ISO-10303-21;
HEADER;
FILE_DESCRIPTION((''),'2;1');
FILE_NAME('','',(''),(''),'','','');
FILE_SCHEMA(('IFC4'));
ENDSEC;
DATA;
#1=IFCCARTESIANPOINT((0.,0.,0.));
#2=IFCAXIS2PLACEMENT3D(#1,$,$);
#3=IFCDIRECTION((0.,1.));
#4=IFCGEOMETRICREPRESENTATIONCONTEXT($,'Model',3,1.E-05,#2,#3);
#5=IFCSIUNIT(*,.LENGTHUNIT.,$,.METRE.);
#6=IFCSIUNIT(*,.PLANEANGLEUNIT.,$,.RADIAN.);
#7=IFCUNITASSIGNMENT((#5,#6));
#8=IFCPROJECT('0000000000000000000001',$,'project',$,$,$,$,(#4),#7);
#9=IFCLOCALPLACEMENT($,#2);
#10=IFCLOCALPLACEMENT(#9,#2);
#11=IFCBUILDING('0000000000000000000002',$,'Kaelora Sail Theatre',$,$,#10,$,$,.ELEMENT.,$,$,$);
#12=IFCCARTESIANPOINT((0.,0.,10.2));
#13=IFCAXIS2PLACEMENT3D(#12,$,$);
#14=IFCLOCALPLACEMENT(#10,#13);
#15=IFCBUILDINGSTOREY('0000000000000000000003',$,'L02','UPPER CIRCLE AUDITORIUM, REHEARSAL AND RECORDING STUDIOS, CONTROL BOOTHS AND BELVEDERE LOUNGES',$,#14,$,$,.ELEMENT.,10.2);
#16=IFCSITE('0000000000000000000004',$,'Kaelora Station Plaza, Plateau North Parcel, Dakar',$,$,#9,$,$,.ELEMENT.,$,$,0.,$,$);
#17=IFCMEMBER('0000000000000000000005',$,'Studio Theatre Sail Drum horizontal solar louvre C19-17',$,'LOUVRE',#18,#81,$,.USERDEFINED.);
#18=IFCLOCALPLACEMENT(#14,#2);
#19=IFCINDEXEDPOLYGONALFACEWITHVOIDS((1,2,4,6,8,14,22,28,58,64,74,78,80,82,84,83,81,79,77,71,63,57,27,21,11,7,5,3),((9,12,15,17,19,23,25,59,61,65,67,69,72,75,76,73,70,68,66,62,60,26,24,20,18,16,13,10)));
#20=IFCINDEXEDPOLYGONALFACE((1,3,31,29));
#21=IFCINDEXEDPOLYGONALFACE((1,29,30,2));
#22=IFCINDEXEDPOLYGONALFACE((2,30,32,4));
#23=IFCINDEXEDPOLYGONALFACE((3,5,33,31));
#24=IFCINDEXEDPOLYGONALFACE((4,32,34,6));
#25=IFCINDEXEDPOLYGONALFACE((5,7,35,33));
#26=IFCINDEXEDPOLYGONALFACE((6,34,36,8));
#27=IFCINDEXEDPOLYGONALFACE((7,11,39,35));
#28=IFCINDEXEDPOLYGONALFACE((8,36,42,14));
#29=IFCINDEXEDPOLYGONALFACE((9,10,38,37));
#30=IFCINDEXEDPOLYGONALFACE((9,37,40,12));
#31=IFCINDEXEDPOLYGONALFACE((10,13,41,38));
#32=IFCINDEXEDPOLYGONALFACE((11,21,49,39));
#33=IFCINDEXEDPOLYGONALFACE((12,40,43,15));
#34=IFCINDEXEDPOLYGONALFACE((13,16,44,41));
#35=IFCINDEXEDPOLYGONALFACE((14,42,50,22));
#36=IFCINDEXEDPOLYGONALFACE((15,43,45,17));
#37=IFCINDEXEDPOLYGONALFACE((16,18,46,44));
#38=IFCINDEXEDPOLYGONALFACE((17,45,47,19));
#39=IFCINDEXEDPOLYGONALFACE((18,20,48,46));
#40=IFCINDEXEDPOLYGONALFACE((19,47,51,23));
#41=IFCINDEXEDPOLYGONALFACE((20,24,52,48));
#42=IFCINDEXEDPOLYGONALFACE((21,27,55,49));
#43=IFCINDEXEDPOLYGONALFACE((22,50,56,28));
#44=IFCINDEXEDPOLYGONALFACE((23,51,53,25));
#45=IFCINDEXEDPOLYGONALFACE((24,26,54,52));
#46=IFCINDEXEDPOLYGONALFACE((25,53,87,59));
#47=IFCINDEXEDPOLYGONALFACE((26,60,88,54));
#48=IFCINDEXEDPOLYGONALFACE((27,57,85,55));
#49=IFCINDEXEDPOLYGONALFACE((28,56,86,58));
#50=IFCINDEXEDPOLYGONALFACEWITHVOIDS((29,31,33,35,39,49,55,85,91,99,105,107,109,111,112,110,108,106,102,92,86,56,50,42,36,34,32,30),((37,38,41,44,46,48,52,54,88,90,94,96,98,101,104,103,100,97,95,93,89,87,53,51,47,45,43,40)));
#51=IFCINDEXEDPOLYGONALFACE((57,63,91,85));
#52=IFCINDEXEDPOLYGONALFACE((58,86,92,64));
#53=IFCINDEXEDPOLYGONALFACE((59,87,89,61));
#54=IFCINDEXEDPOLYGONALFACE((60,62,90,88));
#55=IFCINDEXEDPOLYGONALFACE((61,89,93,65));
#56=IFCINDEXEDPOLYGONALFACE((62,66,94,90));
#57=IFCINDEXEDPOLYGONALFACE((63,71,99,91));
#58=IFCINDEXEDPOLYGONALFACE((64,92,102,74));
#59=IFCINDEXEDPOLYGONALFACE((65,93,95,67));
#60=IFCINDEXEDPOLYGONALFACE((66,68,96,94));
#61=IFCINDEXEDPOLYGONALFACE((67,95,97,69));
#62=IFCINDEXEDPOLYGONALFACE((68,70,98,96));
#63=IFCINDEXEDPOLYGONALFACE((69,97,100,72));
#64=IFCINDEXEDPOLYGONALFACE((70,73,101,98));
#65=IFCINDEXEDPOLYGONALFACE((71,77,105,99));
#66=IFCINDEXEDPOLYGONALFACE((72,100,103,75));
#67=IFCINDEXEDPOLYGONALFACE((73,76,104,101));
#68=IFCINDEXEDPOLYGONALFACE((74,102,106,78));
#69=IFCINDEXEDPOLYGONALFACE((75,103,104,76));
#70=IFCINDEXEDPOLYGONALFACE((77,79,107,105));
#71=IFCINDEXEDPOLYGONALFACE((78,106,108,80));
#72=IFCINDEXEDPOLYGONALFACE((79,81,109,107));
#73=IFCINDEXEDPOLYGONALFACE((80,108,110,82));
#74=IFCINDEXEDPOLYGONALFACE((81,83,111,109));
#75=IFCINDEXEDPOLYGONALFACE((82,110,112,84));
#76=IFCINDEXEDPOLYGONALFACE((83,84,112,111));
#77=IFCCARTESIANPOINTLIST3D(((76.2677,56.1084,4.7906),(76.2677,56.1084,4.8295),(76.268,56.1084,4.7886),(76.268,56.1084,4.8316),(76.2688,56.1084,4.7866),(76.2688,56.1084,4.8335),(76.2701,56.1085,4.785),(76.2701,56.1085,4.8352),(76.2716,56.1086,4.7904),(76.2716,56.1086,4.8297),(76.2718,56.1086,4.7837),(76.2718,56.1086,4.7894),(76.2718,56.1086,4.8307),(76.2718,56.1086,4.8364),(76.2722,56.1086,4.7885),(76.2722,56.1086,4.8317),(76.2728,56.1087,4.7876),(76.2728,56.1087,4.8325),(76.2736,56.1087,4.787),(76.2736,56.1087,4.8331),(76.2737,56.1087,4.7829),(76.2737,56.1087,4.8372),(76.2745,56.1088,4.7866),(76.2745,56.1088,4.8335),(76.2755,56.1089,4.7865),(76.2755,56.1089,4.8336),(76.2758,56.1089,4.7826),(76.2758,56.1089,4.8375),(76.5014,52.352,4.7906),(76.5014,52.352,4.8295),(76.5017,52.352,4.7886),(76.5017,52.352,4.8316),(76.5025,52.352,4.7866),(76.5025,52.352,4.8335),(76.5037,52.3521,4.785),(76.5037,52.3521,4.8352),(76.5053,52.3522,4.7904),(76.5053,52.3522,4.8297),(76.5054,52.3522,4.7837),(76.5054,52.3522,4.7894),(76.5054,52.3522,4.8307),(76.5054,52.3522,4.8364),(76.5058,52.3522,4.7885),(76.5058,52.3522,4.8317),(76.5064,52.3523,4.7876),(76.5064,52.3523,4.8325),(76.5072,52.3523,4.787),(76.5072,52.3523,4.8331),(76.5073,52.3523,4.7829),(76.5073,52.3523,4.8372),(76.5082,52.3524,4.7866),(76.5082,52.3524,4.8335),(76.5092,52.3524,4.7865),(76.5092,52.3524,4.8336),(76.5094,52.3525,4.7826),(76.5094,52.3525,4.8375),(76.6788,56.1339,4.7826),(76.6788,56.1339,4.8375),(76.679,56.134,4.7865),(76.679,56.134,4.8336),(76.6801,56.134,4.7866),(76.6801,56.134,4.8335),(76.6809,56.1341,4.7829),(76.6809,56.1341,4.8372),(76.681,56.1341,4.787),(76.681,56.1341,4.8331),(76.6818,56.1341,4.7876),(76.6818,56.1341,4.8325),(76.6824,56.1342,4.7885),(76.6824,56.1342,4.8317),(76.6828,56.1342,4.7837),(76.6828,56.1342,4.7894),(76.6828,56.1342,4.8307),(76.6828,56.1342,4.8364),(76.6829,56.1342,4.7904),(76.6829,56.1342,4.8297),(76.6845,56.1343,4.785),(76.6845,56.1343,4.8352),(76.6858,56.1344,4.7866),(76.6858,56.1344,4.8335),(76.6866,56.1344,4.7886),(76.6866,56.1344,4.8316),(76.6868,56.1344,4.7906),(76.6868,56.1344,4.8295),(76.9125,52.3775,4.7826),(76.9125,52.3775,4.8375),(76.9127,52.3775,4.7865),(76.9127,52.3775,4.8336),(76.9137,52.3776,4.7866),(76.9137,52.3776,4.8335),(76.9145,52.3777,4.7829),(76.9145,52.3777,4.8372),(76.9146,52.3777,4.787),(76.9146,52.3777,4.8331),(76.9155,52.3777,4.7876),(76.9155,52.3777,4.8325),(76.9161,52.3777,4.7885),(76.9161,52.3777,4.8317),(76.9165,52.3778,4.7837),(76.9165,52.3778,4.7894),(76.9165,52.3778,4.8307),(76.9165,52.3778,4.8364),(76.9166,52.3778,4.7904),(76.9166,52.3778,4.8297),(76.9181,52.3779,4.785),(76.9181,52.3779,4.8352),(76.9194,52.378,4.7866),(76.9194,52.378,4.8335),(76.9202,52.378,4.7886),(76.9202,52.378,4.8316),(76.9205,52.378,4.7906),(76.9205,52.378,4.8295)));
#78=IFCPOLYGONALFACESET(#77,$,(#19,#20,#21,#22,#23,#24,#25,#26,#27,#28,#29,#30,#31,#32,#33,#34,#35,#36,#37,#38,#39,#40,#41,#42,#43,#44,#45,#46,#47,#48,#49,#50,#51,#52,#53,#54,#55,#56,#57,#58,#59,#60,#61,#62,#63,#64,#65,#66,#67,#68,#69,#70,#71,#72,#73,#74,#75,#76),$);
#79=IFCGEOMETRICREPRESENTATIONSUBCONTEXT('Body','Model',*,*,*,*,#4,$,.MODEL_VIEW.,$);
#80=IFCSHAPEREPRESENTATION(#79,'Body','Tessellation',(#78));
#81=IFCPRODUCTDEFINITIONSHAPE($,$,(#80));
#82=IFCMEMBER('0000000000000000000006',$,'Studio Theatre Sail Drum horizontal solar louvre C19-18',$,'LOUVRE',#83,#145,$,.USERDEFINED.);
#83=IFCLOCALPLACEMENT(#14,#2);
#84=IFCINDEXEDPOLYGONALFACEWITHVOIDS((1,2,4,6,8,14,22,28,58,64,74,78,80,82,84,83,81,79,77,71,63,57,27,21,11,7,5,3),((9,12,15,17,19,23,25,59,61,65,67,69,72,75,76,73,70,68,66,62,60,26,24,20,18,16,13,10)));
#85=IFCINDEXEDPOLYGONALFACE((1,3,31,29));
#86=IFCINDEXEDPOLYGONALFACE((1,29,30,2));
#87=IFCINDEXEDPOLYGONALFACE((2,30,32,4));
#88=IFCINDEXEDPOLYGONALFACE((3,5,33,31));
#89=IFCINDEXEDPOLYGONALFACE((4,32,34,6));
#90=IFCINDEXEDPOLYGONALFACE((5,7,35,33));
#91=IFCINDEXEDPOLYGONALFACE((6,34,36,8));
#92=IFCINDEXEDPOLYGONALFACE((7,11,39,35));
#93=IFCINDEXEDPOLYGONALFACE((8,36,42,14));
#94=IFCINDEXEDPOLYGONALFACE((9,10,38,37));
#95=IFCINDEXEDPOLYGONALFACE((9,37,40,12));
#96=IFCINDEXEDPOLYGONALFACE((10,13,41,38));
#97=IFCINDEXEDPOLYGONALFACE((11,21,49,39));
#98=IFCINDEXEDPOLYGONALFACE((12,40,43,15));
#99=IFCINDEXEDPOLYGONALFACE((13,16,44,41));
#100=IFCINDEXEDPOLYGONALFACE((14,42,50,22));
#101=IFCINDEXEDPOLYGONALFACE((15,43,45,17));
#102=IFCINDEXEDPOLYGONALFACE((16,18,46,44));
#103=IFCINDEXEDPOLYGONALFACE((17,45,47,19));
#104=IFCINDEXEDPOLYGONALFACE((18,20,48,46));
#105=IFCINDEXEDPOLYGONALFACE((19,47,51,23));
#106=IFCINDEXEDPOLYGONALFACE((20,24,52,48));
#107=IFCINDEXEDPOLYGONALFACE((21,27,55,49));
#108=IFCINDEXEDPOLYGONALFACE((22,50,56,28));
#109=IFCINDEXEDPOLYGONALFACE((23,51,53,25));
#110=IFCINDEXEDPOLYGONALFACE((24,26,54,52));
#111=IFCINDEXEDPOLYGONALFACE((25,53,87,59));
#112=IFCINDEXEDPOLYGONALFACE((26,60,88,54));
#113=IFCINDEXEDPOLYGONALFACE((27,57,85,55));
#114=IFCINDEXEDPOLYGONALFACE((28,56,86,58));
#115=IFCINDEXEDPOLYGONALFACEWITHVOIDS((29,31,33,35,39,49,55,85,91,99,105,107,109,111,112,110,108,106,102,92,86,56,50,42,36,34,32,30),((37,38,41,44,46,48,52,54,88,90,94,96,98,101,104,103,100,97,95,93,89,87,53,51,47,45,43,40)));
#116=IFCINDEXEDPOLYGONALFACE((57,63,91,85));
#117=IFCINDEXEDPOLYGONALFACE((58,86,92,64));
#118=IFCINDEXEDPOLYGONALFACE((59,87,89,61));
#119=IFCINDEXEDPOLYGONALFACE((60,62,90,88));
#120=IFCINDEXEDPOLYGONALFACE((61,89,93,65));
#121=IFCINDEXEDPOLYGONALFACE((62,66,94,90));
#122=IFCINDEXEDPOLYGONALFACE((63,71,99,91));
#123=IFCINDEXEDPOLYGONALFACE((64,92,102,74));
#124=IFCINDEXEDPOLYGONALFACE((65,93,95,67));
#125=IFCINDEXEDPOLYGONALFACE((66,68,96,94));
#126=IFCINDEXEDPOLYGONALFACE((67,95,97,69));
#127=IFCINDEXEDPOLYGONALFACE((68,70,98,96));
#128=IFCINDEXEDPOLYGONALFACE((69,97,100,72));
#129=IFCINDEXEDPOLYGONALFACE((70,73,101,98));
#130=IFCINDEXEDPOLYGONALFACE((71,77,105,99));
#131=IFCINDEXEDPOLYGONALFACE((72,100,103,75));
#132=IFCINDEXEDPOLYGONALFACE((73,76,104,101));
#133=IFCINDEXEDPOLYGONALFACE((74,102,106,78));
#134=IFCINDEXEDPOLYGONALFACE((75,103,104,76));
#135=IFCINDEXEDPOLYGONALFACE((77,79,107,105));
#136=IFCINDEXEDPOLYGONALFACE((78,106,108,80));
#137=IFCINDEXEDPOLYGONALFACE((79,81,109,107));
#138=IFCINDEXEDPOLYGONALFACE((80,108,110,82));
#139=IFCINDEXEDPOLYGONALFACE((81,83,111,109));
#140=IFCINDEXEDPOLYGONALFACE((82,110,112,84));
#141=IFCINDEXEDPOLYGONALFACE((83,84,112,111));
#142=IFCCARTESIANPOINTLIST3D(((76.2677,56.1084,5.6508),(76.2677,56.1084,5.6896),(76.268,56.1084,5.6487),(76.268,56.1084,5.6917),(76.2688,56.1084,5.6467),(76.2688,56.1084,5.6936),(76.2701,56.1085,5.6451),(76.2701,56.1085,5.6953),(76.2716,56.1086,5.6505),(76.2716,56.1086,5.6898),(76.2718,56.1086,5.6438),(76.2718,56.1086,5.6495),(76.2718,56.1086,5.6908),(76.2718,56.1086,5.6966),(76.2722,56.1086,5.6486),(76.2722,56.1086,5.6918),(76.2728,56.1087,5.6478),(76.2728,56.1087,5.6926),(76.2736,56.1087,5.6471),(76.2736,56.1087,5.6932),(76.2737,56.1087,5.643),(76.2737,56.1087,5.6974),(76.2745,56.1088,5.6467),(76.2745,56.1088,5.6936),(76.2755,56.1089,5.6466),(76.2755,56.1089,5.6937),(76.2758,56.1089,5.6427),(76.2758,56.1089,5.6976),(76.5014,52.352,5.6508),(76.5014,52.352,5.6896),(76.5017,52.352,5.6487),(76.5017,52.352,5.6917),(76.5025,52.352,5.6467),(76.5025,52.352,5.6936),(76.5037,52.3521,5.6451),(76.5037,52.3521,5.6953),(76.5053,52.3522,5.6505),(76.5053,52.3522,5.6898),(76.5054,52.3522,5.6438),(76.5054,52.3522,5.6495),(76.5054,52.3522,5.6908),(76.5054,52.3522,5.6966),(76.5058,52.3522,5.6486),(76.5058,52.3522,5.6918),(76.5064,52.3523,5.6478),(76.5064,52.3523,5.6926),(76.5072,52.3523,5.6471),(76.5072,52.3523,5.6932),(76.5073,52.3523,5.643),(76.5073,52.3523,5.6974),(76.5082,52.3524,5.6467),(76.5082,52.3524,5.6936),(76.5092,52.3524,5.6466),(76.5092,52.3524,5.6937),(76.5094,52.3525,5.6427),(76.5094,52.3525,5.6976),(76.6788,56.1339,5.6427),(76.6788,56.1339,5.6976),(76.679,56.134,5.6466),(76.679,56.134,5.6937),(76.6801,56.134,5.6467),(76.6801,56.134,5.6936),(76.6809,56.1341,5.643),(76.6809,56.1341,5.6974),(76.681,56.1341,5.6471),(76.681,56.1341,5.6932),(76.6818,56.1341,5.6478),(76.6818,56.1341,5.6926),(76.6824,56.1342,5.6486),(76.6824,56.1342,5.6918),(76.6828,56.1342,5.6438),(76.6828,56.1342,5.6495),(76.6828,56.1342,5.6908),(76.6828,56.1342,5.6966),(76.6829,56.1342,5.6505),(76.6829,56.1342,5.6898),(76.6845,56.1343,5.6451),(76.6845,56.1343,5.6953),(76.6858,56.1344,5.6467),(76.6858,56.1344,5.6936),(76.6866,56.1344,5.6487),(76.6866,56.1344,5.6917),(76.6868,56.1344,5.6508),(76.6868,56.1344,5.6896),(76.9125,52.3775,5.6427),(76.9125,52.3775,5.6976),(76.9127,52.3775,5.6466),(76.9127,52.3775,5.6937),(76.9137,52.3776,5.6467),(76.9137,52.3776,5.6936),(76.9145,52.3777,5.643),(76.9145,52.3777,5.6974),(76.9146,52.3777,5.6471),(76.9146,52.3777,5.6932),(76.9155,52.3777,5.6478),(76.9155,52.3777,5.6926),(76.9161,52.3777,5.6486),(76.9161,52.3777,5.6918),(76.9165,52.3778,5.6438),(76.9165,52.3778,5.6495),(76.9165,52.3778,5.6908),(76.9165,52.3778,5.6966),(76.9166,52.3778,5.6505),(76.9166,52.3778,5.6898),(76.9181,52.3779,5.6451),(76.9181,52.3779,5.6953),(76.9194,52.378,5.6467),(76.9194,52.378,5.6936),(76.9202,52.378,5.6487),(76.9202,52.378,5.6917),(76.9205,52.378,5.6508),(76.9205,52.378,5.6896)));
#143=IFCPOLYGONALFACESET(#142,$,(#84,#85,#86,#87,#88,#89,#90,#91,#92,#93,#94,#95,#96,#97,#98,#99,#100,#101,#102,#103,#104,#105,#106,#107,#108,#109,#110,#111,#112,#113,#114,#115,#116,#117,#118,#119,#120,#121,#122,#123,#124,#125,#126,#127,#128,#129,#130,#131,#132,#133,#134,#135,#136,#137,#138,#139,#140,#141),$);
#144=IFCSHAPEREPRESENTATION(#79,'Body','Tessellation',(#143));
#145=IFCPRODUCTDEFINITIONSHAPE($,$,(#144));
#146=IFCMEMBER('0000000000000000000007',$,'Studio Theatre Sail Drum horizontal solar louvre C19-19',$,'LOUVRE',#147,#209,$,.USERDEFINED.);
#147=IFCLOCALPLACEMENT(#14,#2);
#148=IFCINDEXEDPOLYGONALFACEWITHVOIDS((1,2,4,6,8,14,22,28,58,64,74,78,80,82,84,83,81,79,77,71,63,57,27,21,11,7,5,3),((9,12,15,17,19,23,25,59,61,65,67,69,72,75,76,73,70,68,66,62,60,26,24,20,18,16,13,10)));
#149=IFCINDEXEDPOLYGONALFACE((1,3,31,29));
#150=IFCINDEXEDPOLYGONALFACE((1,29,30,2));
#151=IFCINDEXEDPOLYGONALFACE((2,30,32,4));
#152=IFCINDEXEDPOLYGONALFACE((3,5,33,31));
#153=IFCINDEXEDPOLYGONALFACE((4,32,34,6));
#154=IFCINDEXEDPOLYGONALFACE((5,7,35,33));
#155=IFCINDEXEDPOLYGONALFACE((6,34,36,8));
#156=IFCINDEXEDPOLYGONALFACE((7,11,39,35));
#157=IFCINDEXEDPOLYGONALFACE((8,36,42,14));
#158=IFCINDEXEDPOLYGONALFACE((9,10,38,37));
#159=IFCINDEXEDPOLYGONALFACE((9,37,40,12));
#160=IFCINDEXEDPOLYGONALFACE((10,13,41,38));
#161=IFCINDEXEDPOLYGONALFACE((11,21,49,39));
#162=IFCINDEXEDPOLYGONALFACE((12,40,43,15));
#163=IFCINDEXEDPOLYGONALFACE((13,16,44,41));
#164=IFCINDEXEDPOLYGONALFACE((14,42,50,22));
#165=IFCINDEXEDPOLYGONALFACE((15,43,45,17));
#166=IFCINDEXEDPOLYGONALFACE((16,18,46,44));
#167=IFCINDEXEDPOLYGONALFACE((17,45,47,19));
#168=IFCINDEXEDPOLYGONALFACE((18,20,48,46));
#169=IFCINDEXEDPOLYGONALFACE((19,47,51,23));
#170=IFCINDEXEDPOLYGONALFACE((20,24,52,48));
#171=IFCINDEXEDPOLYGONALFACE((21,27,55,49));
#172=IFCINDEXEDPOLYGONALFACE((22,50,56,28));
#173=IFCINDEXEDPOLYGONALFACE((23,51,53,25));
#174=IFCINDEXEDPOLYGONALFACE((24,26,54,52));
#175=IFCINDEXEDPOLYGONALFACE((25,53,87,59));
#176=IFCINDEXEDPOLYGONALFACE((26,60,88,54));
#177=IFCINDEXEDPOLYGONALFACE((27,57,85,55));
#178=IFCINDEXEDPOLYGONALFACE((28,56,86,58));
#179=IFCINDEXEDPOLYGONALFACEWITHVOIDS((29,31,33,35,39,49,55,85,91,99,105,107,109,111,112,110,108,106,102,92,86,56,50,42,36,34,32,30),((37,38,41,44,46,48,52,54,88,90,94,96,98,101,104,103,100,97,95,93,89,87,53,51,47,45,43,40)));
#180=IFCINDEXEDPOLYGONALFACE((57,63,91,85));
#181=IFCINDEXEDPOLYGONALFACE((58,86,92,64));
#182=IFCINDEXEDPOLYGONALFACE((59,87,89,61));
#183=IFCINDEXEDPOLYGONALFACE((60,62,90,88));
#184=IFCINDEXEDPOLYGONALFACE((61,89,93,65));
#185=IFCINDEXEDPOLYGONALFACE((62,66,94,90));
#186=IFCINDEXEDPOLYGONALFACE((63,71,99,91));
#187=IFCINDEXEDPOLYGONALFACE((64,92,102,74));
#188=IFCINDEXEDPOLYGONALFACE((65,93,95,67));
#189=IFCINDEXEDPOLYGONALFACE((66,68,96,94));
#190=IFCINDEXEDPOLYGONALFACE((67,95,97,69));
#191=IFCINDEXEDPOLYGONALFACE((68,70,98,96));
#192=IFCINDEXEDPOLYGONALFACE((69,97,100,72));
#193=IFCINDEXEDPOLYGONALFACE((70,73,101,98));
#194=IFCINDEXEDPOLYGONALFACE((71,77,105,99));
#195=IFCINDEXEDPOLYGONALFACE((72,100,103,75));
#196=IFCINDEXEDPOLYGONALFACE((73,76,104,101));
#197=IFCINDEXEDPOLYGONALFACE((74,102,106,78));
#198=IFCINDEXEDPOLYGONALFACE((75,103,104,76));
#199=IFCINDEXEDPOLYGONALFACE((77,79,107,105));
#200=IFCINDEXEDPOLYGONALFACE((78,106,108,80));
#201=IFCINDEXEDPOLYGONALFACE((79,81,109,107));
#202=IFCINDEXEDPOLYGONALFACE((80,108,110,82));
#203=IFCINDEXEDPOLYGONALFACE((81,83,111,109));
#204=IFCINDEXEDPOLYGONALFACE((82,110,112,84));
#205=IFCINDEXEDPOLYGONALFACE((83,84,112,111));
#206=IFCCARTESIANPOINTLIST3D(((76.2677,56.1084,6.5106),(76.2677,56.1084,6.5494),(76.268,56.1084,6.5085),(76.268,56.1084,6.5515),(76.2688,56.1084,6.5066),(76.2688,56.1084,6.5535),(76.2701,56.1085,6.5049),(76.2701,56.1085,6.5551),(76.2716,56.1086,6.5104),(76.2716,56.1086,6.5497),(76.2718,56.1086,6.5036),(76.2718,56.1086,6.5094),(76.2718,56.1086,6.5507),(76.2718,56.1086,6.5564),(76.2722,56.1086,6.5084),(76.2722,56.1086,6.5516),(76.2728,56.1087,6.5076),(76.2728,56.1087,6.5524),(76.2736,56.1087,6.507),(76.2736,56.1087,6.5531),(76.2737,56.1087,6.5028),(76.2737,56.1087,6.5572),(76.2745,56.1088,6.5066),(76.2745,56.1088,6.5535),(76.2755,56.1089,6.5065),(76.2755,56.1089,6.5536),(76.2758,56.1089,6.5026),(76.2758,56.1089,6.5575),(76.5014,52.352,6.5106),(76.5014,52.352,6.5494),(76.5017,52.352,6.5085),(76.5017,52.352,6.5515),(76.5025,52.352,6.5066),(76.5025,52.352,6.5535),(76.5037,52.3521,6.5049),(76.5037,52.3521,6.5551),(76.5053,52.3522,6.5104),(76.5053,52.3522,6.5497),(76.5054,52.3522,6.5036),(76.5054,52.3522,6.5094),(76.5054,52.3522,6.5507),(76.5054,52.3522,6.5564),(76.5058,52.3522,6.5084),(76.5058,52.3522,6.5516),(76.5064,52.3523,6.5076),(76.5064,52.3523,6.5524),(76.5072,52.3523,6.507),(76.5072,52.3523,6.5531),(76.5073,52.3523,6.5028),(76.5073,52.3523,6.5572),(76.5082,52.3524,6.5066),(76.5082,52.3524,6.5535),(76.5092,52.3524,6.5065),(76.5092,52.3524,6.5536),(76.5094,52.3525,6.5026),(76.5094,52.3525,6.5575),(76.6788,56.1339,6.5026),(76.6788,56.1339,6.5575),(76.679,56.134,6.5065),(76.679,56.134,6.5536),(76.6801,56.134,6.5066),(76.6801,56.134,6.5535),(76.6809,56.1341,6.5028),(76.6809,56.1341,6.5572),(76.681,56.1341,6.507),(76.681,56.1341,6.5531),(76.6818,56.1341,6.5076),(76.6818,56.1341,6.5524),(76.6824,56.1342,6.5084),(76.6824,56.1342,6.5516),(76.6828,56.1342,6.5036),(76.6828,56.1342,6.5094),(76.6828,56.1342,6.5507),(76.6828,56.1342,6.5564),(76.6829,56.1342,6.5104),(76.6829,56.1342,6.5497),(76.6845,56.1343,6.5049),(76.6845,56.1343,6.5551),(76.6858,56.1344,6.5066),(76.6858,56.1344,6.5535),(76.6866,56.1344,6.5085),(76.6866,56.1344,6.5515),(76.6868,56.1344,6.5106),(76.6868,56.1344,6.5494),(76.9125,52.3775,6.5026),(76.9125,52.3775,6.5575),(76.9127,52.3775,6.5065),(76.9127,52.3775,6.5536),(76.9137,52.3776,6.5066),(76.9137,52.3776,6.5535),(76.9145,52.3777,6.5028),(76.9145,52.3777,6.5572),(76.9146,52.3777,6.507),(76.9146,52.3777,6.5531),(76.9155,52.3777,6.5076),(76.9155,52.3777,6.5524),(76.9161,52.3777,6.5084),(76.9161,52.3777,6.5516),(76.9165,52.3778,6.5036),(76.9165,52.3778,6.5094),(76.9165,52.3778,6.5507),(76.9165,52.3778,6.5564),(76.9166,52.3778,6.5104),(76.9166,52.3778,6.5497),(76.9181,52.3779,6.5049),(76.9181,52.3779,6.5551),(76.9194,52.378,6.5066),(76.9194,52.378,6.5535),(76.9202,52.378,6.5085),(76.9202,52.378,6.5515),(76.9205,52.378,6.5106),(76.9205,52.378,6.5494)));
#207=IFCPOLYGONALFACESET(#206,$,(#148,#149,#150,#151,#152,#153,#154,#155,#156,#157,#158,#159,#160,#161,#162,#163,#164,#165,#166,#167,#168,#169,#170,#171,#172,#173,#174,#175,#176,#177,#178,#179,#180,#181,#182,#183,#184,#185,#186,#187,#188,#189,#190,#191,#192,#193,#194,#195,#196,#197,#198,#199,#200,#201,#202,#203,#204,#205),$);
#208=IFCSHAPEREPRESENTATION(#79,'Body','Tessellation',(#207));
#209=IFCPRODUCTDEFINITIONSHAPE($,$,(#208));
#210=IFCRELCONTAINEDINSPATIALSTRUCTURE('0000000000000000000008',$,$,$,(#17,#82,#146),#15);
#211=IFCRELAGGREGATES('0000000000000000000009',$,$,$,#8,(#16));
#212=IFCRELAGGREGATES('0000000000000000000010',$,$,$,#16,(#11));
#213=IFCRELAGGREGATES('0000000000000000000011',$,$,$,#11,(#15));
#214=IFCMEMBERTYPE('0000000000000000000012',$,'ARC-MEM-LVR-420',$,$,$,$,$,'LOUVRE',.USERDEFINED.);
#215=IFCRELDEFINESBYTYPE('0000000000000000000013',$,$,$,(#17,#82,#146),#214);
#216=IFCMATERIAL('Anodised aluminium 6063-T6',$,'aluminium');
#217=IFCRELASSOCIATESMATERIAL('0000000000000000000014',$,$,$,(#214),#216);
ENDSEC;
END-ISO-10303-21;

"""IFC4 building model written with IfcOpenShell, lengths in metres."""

from ifc_helpers import new_model, si_unit, direction, frame, origin, origin_2d, place, context, subcontext, project, spatial, hollow_rectangle, extrude, material, material_profile, profile_set, type_object, element, save


model = new_model("IFC4")

# Units and contexts
model_context = context("Model", 3, precision=1e-05, world=origin(), true_north=direction((0.0, 1.0)))
body_context = subcontext(model_context, "Body", "Model", "MODEL_VIEW")
ifc_project = project(units=[si_unit("LENGTHUNIT", "METRE"), si_unit("PLANEANGLEUNIT", "RADIAN")], contexts=[model_context])

# Site, building, storey
site_placement = place(None, origin())
site = spatial("IfcSite", under=ifc_project, at=site_placement, Name="Kaelora Station Plaza, Plateau North Parcel, Dakar", CompositionType="ELEMENT", RefElevation=0.0)
building_placement = place(site_placement, origin())
building = spatial("IfcBuilding", under=site, at=building_placement, Name="Kaelora Sail Theatre", CompositionType="ELEMENT")
storey_placement = place(building_placement, frame((0.0, 0.0, 10.2)))
storey = spatial("IfcBuildingStorey", under=building, at=storey_placement, Name="L02", Description="UPPER CIRCLE AUDITORIUM, REHEARSAL AND RECORDING STUDIOS, CONTROL BOOTHS AND BELVEDERE LOUNGES", CompositionType="ELEMENT", Elevation=10.2)

# Members
ifc_material_1 = material(Name="Anodised aluminium 6063-T6", Category="aluminium")
ifc_material_profile_1 = material_profile(ifc_material_1, hollow_rectangle(XDim=0.4199, YDim=0.0549, WallThickness=0.0039, InnerFilletRadius=0.0039, OuterFilletRadius=0.0081, at=origin_2d()), Name="LOUVRE 420x55x4")
ifc_profile_set_1 = profile_set([ifc_material_profile_1], Name="Anodised aluminium 6063-T6")
member_type_1 = type_object("IfcMemberType", Name="ARC-MEM-LVR-420", ElementType="LOUVRE", PredefinedType="USERDEFINED", material=ifc_profile_set_1)
for number, where, z_axis, x_axis, name in (
    (1, (76.7109, 52.365, 4.8101), (-0.062079, 0.998071, 0.0), (-0.998071, -0.062079, 0.0), "Studio Theatre Sail Drum horizontal solar louvre C19-17"),
    (2, (76.7109, 52.365, 5.6702), (-0.062079, 0.998071, 0.0), (-0.998071, -0.062079, 0.0), "Studio Theatre Sail Drum horizontal solar louvre C19-18"),
    (3, (76.7109, 52.365, 6.53), (-0.062079, 0.998071, 0.0), (-0.998071, -0.062079, 0.0), "Studio Theatre Sail Drum horizontal solar louvre C19-19"),
):
    element("IfcMember", number, at=place(storey_placement, frame(where, z_axis=z_axis, x_axis=x_axis)), inside=storey, type_object=member_type_1, Name=name, ObjectType="LOUVRE", PredefinedType="USERDEFINED", context=body_context, shape_type="SweptSolid", body=[
        extrude(hollow_rectangle(XDim=0.4199, YDim=0.0549, WallThickness=0.0039, InnerFilletRadius=0.0039, OuterFilletRadius=0.0081, at=origin_2d()), origin(), (0.0, 0.0, 1.0), 3.7637),
    ])

save(model, "model.ifc")
